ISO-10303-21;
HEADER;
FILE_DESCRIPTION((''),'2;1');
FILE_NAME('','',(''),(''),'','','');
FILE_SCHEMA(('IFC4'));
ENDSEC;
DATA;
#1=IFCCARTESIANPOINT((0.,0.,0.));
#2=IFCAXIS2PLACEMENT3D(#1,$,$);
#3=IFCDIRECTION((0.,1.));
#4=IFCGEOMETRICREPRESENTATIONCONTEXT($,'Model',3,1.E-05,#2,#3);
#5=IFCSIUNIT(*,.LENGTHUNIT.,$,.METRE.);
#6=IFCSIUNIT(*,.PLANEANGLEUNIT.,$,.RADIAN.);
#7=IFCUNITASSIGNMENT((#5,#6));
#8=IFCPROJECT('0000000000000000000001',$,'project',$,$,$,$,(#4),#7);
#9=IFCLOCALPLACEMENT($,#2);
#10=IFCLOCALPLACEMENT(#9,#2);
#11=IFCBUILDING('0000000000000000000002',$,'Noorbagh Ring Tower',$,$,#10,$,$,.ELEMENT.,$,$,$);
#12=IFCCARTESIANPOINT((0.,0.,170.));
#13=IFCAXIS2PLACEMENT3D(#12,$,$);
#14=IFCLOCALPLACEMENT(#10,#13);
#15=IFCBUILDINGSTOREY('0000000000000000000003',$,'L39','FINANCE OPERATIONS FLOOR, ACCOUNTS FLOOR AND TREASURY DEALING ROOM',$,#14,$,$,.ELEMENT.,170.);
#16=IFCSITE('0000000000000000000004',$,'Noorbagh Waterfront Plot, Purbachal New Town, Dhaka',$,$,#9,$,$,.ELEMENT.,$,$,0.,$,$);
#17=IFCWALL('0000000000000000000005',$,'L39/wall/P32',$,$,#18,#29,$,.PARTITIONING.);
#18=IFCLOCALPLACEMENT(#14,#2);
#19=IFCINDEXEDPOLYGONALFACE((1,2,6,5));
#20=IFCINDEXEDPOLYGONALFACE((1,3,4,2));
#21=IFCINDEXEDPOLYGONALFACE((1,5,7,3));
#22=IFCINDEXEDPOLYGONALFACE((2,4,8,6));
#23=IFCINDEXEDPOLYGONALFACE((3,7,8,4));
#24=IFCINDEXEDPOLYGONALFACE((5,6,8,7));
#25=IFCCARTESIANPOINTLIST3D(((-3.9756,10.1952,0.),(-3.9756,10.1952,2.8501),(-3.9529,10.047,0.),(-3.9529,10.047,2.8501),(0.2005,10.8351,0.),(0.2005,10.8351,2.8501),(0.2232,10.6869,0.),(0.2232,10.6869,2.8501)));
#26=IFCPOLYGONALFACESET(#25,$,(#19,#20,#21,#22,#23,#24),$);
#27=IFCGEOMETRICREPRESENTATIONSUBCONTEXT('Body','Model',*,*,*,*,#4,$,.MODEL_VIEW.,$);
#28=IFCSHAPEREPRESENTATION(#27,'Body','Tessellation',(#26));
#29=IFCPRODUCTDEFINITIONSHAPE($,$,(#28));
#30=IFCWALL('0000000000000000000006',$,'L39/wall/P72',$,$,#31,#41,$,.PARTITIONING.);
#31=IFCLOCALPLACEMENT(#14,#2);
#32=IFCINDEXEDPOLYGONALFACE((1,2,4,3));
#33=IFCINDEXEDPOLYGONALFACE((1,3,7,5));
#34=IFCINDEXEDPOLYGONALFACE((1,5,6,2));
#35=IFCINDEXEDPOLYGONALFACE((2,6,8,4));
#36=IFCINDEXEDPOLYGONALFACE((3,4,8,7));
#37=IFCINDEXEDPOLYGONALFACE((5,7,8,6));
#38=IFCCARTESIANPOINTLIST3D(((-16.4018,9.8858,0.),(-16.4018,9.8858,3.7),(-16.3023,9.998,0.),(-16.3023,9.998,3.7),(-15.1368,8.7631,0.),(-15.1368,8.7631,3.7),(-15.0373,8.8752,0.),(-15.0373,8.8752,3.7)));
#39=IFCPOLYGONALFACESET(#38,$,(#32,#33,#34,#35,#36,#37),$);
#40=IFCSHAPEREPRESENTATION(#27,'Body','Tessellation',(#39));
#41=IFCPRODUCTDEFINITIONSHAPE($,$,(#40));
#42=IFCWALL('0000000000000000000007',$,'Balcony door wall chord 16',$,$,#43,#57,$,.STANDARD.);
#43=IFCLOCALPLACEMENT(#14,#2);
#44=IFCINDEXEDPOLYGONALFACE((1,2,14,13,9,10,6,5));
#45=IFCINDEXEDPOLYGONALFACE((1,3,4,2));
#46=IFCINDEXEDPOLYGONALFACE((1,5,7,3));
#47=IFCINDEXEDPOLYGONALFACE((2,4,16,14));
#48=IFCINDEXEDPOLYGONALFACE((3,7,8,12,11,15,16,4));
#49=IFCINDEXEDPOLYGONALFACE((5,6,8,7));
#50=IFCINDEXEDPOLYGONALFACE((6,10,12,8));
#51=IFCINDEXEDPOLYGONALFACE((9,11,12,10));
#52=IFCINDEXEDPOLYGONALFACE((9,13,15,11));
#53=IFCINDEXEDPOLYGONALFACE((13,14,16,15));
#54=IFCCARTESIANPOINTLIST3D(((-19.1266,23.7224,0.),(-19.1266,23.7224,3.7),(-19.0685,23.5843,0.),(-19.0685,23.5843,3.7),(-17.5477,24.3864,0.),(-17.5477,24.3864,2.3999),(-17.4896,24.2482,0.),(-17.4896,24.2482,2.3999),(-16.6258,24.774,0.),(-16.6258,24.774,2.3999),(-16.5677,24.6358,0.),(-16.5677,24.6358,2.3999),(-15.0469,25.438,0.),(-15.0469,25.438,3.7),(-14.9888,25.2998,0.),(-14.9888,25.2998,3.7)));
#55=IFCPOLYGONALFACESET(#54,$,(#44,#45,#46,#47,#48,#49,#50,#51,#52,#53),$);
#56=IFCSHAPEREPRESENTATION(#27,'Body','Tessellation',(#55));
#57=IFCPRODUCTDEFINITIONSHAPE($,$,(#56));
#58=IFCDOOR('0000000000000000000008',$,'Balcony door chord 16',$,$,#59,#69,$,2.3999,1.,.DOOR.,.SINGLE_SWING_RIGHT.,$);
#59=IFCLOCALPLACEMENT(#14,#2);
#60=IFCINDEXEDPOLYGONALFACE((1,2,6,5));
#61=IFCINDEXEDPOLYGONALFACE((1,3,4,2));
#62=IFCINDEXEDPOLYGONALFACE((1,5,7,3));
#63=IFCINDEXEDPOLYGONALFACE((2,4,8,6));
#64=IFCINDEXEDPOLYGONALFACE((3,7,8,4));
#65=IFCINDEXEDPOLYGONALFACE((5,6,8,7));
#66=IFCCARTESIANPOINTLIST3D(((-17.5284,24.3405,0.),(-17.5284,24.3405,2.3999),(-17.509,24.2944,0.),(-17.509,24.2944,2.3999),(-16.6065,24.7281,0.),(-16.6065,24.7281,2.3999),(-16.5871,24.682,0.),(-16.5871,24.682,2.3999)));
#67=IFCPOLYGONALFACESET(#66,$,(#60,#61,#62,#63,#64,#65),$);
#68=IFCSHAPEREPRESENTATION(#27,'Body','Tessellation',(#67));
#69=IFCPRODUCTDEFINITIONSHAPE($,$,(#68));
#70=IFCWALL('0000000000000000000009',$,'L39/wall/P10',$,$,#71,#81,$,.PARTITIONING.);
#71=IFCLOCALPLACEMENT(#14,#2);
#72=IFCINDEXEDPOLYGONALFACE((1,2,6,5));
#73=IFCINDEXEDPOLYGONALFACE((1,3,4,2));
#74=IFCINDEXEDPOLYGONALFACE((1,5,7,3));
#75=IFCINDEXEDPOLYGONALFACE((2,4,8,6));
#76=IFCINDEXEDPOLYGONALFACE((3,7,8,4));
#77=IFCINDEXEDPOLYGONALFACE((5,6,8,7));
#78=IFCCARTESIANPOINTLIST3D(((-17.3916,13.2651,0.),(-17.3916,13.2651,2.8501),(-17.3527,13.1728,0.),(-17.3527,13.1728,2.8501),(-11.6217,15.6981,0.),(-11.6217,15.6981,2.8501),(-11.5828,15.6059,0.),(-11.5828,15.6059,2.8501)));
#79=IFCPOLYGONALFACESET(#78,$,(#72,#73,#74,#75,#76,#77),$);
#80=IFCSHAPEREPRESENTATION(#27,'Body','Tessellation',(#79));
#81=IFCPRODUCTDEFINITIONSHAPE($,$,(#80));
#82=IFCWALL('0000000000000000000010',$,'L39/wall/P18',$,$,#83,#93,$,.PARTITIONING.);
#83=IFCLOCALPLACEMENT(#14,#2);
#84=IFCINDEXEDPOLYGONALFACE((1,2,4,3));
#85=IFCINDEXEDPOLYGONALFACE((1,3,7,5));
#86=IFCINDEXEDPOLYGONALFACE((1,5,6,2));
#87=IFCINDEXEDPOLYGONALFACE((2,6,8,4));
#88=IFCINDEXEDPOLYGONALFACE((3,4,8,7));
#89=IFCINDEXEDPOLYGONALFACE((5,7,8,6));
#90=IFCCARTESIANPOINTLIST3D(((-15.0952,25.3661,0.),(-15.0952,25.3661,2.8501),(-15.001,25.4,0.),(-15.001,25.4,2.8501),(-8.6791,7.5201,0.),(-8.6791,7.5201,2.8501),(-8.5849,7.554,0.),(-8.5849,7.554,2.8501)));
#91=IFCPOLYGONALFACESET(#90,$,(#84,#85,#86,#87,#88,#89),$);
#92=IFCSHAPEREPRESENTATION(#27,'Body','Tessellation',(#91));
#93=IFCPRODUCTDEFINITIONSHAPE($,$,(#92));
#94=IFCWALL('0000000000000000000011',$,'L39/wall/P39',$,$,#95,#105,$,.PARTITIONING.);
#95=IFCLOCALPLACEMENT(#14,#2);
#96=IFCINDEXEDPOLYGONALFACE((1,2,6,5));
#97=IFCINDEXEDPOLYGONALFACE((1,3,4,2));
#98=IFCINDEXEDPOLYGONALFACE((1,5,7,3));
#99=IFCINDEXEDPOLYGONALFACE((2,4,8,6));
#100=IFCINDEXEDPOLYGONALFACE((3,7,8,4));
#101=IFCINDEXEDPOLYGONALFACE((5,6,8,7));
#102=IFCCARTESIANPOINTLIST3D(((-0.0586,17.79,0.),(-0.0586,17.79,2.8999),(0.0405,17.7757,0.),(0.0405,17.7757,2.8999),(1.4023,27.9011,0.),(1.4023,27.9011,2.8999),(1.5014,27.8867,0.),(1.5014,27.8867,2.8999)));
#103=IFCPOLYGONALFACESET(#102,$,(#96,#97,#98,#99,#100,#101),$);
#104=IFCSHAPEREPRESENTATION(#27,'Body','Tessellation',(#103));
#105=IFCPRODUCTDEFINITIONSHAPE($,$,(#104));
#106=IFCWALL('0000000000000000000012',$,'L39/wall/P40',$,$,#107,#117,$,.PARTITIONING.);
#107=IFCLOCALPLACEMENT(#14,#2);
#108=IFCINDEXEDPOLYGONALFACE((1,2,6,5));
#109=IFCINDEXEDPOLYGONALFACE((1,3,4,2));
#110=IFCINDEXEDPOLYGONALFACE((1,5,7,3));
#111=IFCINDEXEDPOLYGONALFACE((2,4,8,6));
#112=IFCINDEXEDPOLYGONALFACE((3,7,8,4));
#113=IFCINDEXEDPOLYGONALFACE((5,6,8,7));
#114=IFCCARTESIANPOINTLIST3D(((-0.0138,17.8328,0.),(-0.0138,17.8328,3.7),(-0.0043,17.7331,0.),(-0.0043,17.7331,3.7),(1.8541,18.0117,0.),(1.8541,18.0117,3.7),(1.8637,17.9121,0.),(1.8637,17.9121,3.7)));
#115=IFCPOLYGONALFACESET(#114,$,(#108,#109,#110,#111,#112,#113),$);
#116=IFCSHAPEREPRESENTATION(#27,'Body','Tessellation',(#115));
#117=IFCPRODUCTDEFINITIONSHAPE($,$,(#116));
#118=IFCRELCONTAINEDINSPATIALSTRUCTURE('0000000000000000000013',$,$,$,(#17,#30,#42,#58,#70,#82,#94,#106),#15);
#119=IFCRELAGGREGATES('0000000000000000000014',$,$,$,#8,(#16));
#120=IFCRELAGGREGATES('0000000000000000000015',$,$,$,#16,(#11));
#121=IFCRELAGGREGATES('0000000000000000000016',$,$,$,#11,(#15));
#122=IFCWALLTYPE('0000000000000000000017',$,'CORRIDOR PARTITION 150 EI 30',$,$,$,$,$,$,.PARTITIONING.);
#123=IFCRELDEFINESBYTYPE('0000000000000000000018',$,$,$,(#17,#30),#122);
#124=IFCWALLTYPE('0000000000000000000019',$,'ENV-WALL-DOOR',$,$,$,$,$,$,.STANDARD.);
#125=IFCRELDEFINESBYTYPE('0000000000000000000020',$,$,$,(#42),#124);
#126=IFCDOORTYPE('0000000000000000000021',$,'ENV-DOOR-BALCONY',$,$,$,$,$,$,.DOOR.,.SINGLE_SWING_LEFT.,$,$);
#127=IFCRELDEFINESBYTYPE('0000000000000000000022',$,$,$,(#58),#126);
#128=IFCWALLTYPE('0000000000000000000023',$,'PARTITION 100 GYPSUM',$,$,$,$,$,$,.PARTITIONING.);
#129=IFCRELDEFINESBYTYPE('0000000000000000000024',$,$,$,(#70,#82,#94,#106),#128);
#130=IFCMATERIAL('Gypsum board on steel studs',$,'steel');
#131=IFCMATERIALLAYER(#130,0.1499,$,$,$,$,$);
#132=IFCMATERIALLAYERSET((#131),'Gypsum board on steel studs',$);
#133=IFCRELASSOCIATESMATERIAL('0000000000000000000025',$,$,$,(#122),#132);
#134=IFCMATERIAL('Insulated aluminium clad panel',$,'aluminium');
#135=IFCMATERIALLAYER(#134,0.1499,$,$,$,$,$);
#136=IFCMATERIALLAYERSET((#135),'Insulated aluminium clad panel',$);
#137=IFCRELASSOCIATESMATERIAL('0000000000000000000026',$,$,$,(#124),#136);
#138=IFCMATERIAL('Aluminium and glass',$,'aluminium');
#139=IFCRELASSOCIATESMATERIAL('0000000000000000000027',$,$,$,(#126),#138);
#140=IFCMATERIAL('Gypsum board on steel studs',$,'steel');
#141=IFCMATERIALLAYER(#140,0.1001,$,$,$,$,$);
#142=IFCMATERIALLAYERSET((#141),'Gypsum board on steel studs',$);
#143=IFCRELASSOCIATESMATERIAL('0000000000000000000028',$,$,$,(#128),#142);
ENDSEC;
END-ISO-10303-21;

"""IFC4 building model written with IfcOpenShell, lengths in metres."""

from ifc_helpers import new_model, si_unit, direction, frame, frame_2d, origin, place, context, subcontext, project, spatial, rectangle, extrude, material, layer, layer_set, type_object, element, fill, save


model = new_model("IFC4")

# Units and contexts
model_context = context("Model", 3, precision=1e-05, world=origin(), true_north=direction((0.0, 1.0)))
body_context = subcontext(model_context, "Body", "Model", "MODEL_VIEW")
ifc_project = project(units=[si_unit("LENGTHUNIT", "METRE"), si_unit("PLANEANGLEUNIT", "RADIAN")], contexts=[model_context])

# Site, building, storey
site_placement = place(None, origin())
site = spatial("IfcSite", under=ifc_project, at=site_placement, Name="Noorbagh Waterfront Plot, Purbachal New Town, Dhaka", CompositionType="ELEMENT", RefElevation=0.0)
building_placement = place(site_placement, origin())
building = spatial("IfcBuilding", under=site, at=building_placement, Name="Noorbagh Ring Tower", CompositionType="ELEMENT")
storey_placement = place(building_placement, frame((0.0, 0.0, 170.0)))
storey = spatial("IfcBuildingStorey", under=building, at=storey_placement, Name="L39", Description="FINANCE OPERATIONS FLOOR, ACCOUNTS FLOOR AND TREASURY DEALING ROOM", CompositionType="ELEMENT", Elevation=170.0)

# Shared definitions
ifc_material_1 = material(Name="Gypsum board on steel studs", Category="steel")
ifc_layer_1 = layer(ifc_material_1, 0.1499)
ifc_layer_set_1 = layer_set([ifc_layer_1], Name="Gypsum board on steel studs")
wall_type_1 = type_object("IfcWallType", Name="CORRIDOR PARTITION 150 EI 30", PredefinedType="PARTITIONING", material=ifc_layer_set_1)

# Walls
wall_1_placement = place(storey_placement, frame((-3.9641, 10.1211, 0.0), z_axis=(0.0, 0.0, 1.0), x_axis=(0.988463, 0.151462, 0.0)))
element("IfcWall", 1, at=wall_1_placement, inside=storey, type_object=wall_type_1, Name="L39/wall/P32", PredefinedType="PARTITIONING", context=body_context, shape_type="SweptSolid", body=[
    extrude(rectangle(XDim=4.2249, YDim=0.1499, at=frame_2d((2.1123, 0.0))), origin(), (0.0, 0.0, 1.0), 2.8501),
])
wall_2_placement = place(storey_placement, frame((-16.3521, 9.9419, 0.0), z_axis=(0.0, 0.0, 1.0), x_axis=(0.747927, -0.663781, 0.0)))
element("IfcWall", 2, at=wall_2_placement, inside=storey, type_object=wall_type_1, Name="L39/wall/P72", PredefinedType="PARTITIONING", context=body_context, shape_type="SweptSolid", body=[
    extrude(rectangle(XDim=1.6914, YDim=0.1499, at=frame_2d((0.8457, 0.0))), origin(), (0.0, 0.0, 1.0), 3.7),
])

# Wall, opening, door
ifc_material_2 = material(Name="Insulated aluminium clad panel", Category="aluminium")
ifc_layer_2 = layer(ifc_material_2, 0.1499)
ifc_layer_set_2 = layer_set([ifc_layer_2], Name="Insulated aluminium clad panel")
wall_type_2 = type_object("IfcWallType", Name="ENV-WALL-DOOR", PredefinedType="STANDARD", material=ifc_layer_set_2)
wall_3_placement = place(storey_placement, frame((-15.0178, 25.3689, 0.0), z_axis=(0.0, 0.0, 1.0), x_axis=(-0.921817, -0.387625, 0.0)))
wall_3 = element("IfcWall", 3, at=wall_3_placement, inside=storey, type_object=wall_type_2, Name="Balcony door wall chord 16", PredefinedType="STANDARD", context=body_context, shape_type="SweptSolid", body=[
    extrude(rectangle(XDim=4.4258, YDim=0.1499, at=frame_2d((2.2129, 0.0))), origin(), (0.0, 0.0, 1.0), 3.7),
])
opening_1_placement = place(wall_3_placement, frame((1.7129, 0.0, 0.0)))
opening_1 = element("IfcOpeningElement", 4, at=opening_1_placement, cuts=wall_3, PredefinedType="OPENING", context=body_context, shape_type="SweptSolid", body=[
    extrude(rectangle(XDim=1.0, YDim=2.3999, at=frame_2d((0.5, 1.2))), frame((0.0, 0.085, 0.0), z_axis=(0.0, -1.0, 0.0), x_axis=(1.0, 0.0, 0.0)), (0.0, 0.0, 1.0), 0.1699),
])
ifc_material_3 = material(Name="Aluminium and glass", Category="aluminium")
door_type_1 = type_object("IfcDoorType", Name="ENV-DOOR-BALCONY", OperationType="SINGLE_SWING_LEFT", PredefinedType="DOOR", material=ifc_material_3)
door_1_placement = place(opening_1_placement, origin())
door_1 = element("IfcDoor", 5, at=door_1_placement, inside=storey, type_object=door_type_1, Name="Balcony door chord 16", OperationType="SINGLE_SWING_RIGHT", OverallHeight=2.3999, OverallWidth=1.0, PredefinedType="DOOR", context=body_context, shape_type="SweptSolid", body=[
    extrude(rectangle(XDim=1.0, YDim=2.3999, at=frame_2d((0.5, 1.2))), frame((0.0, 0.0249, 0.0), z_axis=(0.0, -1.0, 0.0), x_axis=(1.0, 0.0, 0.0)), (0.0, 0.0, 1.0), 0.05),
])
fill(opening_1, door_1)

# Walls
ifc_material_4 = material(Name="Gypsum board on steel studs", Category="steel")
ifc_layer_3 = layer(ifc_material_4, 0.1001)
ifc_layer_set_3 = layer_set([ifc_layer_3], Name="Gypsum board on steel studs")
wall_type_3 = type_object("IfcWallType", Name="PARTITION 100 GYPSUM", PredefinedType="PARTITIONING", material=ifc_layer_set_3)
wall_4_placement = place(storey_placement, frame((-17.3721, 13.219, 0.0), z_axis=(0.0, 0.0, 1.0), x_axis=(0.921428, 0.388548, 0.0)))
element("IfcWall", 6, at=wall_4_placement, inside=storey, type_object=wall_type_3, Name="L39/wall/P10", PredefinedType="PARTITIONING", context=body_context, shape_type="SweptSolid", body=[
    extrude(rectangle(XDim=6.262, YDim=0.1001, at=frame_2d((3.1309, 0.0))), origin(), (0.0, 0.0, 1.0), 2.8501),
])
wall_5_placement = place(storey_placement, frame((-15.0481, 25.3831, 0.0), z_axis=(0.0, 0.0, 1.0), x_axis=(0.338321, -0.941031, 0.0)))
element("IfcWall", 7, at=wall_5_placement, inside=storey, type_object=wall_type_3, Name="L39/wall/P18", PredefinedType="PARTITIONING", context=body_context, shape_type="SweptSolid", body=[
    extrude(rectangle(XDim=18.9644, YDim=0.1001, at=frame_2d((9.4822, 0.0))), origin(), (0.0, 0.0, 1.0), 2.8501),
])
wall_6_placement = place(storey_placement, frame((-0.009, 17.783, 0.0), z_axis=(0.0, 0.0, 1.0), x_axis=(0.143004, 0.989722, 0.0)))
element("IfcWall", 8, at=wall_6_placement, inside=storey, type_object=wall_type_3, Name="L39/wall/P39", PredefinedType="PARTITIONING", context=body_context, shape_type="SweptSolid", body=[
    extrude(rectangle(XDim=10.2161, YDim=0.1001, at=frame_2d((5.1079, 0.0))), origin(), (0.0, 0.0, 1.0), 2.8999),
])
wall_7_placement = place(storey_placement, frame((-0.009, 17.783, 0.0), z_axis=(0.0, 0.0, 1.0), x_axis=(0.995442, 0.095368, 0.0)))
element("IfcWall", 9, at=wall_7_placement, inside=storey, type_object=wall_type_3, Name="L39/wall/P40", PredefinedType="PARTITIONING", context=body_context, shape_type="SweptSolid", body=[
    extrude(rectangle(XDim=1.8765, YDim=0.1001, at=frame_2d((0.9382, 0.0))), origin(), (0.0, 0.0, 1.0), 3.7),
])

save(model, "model.ifc")
